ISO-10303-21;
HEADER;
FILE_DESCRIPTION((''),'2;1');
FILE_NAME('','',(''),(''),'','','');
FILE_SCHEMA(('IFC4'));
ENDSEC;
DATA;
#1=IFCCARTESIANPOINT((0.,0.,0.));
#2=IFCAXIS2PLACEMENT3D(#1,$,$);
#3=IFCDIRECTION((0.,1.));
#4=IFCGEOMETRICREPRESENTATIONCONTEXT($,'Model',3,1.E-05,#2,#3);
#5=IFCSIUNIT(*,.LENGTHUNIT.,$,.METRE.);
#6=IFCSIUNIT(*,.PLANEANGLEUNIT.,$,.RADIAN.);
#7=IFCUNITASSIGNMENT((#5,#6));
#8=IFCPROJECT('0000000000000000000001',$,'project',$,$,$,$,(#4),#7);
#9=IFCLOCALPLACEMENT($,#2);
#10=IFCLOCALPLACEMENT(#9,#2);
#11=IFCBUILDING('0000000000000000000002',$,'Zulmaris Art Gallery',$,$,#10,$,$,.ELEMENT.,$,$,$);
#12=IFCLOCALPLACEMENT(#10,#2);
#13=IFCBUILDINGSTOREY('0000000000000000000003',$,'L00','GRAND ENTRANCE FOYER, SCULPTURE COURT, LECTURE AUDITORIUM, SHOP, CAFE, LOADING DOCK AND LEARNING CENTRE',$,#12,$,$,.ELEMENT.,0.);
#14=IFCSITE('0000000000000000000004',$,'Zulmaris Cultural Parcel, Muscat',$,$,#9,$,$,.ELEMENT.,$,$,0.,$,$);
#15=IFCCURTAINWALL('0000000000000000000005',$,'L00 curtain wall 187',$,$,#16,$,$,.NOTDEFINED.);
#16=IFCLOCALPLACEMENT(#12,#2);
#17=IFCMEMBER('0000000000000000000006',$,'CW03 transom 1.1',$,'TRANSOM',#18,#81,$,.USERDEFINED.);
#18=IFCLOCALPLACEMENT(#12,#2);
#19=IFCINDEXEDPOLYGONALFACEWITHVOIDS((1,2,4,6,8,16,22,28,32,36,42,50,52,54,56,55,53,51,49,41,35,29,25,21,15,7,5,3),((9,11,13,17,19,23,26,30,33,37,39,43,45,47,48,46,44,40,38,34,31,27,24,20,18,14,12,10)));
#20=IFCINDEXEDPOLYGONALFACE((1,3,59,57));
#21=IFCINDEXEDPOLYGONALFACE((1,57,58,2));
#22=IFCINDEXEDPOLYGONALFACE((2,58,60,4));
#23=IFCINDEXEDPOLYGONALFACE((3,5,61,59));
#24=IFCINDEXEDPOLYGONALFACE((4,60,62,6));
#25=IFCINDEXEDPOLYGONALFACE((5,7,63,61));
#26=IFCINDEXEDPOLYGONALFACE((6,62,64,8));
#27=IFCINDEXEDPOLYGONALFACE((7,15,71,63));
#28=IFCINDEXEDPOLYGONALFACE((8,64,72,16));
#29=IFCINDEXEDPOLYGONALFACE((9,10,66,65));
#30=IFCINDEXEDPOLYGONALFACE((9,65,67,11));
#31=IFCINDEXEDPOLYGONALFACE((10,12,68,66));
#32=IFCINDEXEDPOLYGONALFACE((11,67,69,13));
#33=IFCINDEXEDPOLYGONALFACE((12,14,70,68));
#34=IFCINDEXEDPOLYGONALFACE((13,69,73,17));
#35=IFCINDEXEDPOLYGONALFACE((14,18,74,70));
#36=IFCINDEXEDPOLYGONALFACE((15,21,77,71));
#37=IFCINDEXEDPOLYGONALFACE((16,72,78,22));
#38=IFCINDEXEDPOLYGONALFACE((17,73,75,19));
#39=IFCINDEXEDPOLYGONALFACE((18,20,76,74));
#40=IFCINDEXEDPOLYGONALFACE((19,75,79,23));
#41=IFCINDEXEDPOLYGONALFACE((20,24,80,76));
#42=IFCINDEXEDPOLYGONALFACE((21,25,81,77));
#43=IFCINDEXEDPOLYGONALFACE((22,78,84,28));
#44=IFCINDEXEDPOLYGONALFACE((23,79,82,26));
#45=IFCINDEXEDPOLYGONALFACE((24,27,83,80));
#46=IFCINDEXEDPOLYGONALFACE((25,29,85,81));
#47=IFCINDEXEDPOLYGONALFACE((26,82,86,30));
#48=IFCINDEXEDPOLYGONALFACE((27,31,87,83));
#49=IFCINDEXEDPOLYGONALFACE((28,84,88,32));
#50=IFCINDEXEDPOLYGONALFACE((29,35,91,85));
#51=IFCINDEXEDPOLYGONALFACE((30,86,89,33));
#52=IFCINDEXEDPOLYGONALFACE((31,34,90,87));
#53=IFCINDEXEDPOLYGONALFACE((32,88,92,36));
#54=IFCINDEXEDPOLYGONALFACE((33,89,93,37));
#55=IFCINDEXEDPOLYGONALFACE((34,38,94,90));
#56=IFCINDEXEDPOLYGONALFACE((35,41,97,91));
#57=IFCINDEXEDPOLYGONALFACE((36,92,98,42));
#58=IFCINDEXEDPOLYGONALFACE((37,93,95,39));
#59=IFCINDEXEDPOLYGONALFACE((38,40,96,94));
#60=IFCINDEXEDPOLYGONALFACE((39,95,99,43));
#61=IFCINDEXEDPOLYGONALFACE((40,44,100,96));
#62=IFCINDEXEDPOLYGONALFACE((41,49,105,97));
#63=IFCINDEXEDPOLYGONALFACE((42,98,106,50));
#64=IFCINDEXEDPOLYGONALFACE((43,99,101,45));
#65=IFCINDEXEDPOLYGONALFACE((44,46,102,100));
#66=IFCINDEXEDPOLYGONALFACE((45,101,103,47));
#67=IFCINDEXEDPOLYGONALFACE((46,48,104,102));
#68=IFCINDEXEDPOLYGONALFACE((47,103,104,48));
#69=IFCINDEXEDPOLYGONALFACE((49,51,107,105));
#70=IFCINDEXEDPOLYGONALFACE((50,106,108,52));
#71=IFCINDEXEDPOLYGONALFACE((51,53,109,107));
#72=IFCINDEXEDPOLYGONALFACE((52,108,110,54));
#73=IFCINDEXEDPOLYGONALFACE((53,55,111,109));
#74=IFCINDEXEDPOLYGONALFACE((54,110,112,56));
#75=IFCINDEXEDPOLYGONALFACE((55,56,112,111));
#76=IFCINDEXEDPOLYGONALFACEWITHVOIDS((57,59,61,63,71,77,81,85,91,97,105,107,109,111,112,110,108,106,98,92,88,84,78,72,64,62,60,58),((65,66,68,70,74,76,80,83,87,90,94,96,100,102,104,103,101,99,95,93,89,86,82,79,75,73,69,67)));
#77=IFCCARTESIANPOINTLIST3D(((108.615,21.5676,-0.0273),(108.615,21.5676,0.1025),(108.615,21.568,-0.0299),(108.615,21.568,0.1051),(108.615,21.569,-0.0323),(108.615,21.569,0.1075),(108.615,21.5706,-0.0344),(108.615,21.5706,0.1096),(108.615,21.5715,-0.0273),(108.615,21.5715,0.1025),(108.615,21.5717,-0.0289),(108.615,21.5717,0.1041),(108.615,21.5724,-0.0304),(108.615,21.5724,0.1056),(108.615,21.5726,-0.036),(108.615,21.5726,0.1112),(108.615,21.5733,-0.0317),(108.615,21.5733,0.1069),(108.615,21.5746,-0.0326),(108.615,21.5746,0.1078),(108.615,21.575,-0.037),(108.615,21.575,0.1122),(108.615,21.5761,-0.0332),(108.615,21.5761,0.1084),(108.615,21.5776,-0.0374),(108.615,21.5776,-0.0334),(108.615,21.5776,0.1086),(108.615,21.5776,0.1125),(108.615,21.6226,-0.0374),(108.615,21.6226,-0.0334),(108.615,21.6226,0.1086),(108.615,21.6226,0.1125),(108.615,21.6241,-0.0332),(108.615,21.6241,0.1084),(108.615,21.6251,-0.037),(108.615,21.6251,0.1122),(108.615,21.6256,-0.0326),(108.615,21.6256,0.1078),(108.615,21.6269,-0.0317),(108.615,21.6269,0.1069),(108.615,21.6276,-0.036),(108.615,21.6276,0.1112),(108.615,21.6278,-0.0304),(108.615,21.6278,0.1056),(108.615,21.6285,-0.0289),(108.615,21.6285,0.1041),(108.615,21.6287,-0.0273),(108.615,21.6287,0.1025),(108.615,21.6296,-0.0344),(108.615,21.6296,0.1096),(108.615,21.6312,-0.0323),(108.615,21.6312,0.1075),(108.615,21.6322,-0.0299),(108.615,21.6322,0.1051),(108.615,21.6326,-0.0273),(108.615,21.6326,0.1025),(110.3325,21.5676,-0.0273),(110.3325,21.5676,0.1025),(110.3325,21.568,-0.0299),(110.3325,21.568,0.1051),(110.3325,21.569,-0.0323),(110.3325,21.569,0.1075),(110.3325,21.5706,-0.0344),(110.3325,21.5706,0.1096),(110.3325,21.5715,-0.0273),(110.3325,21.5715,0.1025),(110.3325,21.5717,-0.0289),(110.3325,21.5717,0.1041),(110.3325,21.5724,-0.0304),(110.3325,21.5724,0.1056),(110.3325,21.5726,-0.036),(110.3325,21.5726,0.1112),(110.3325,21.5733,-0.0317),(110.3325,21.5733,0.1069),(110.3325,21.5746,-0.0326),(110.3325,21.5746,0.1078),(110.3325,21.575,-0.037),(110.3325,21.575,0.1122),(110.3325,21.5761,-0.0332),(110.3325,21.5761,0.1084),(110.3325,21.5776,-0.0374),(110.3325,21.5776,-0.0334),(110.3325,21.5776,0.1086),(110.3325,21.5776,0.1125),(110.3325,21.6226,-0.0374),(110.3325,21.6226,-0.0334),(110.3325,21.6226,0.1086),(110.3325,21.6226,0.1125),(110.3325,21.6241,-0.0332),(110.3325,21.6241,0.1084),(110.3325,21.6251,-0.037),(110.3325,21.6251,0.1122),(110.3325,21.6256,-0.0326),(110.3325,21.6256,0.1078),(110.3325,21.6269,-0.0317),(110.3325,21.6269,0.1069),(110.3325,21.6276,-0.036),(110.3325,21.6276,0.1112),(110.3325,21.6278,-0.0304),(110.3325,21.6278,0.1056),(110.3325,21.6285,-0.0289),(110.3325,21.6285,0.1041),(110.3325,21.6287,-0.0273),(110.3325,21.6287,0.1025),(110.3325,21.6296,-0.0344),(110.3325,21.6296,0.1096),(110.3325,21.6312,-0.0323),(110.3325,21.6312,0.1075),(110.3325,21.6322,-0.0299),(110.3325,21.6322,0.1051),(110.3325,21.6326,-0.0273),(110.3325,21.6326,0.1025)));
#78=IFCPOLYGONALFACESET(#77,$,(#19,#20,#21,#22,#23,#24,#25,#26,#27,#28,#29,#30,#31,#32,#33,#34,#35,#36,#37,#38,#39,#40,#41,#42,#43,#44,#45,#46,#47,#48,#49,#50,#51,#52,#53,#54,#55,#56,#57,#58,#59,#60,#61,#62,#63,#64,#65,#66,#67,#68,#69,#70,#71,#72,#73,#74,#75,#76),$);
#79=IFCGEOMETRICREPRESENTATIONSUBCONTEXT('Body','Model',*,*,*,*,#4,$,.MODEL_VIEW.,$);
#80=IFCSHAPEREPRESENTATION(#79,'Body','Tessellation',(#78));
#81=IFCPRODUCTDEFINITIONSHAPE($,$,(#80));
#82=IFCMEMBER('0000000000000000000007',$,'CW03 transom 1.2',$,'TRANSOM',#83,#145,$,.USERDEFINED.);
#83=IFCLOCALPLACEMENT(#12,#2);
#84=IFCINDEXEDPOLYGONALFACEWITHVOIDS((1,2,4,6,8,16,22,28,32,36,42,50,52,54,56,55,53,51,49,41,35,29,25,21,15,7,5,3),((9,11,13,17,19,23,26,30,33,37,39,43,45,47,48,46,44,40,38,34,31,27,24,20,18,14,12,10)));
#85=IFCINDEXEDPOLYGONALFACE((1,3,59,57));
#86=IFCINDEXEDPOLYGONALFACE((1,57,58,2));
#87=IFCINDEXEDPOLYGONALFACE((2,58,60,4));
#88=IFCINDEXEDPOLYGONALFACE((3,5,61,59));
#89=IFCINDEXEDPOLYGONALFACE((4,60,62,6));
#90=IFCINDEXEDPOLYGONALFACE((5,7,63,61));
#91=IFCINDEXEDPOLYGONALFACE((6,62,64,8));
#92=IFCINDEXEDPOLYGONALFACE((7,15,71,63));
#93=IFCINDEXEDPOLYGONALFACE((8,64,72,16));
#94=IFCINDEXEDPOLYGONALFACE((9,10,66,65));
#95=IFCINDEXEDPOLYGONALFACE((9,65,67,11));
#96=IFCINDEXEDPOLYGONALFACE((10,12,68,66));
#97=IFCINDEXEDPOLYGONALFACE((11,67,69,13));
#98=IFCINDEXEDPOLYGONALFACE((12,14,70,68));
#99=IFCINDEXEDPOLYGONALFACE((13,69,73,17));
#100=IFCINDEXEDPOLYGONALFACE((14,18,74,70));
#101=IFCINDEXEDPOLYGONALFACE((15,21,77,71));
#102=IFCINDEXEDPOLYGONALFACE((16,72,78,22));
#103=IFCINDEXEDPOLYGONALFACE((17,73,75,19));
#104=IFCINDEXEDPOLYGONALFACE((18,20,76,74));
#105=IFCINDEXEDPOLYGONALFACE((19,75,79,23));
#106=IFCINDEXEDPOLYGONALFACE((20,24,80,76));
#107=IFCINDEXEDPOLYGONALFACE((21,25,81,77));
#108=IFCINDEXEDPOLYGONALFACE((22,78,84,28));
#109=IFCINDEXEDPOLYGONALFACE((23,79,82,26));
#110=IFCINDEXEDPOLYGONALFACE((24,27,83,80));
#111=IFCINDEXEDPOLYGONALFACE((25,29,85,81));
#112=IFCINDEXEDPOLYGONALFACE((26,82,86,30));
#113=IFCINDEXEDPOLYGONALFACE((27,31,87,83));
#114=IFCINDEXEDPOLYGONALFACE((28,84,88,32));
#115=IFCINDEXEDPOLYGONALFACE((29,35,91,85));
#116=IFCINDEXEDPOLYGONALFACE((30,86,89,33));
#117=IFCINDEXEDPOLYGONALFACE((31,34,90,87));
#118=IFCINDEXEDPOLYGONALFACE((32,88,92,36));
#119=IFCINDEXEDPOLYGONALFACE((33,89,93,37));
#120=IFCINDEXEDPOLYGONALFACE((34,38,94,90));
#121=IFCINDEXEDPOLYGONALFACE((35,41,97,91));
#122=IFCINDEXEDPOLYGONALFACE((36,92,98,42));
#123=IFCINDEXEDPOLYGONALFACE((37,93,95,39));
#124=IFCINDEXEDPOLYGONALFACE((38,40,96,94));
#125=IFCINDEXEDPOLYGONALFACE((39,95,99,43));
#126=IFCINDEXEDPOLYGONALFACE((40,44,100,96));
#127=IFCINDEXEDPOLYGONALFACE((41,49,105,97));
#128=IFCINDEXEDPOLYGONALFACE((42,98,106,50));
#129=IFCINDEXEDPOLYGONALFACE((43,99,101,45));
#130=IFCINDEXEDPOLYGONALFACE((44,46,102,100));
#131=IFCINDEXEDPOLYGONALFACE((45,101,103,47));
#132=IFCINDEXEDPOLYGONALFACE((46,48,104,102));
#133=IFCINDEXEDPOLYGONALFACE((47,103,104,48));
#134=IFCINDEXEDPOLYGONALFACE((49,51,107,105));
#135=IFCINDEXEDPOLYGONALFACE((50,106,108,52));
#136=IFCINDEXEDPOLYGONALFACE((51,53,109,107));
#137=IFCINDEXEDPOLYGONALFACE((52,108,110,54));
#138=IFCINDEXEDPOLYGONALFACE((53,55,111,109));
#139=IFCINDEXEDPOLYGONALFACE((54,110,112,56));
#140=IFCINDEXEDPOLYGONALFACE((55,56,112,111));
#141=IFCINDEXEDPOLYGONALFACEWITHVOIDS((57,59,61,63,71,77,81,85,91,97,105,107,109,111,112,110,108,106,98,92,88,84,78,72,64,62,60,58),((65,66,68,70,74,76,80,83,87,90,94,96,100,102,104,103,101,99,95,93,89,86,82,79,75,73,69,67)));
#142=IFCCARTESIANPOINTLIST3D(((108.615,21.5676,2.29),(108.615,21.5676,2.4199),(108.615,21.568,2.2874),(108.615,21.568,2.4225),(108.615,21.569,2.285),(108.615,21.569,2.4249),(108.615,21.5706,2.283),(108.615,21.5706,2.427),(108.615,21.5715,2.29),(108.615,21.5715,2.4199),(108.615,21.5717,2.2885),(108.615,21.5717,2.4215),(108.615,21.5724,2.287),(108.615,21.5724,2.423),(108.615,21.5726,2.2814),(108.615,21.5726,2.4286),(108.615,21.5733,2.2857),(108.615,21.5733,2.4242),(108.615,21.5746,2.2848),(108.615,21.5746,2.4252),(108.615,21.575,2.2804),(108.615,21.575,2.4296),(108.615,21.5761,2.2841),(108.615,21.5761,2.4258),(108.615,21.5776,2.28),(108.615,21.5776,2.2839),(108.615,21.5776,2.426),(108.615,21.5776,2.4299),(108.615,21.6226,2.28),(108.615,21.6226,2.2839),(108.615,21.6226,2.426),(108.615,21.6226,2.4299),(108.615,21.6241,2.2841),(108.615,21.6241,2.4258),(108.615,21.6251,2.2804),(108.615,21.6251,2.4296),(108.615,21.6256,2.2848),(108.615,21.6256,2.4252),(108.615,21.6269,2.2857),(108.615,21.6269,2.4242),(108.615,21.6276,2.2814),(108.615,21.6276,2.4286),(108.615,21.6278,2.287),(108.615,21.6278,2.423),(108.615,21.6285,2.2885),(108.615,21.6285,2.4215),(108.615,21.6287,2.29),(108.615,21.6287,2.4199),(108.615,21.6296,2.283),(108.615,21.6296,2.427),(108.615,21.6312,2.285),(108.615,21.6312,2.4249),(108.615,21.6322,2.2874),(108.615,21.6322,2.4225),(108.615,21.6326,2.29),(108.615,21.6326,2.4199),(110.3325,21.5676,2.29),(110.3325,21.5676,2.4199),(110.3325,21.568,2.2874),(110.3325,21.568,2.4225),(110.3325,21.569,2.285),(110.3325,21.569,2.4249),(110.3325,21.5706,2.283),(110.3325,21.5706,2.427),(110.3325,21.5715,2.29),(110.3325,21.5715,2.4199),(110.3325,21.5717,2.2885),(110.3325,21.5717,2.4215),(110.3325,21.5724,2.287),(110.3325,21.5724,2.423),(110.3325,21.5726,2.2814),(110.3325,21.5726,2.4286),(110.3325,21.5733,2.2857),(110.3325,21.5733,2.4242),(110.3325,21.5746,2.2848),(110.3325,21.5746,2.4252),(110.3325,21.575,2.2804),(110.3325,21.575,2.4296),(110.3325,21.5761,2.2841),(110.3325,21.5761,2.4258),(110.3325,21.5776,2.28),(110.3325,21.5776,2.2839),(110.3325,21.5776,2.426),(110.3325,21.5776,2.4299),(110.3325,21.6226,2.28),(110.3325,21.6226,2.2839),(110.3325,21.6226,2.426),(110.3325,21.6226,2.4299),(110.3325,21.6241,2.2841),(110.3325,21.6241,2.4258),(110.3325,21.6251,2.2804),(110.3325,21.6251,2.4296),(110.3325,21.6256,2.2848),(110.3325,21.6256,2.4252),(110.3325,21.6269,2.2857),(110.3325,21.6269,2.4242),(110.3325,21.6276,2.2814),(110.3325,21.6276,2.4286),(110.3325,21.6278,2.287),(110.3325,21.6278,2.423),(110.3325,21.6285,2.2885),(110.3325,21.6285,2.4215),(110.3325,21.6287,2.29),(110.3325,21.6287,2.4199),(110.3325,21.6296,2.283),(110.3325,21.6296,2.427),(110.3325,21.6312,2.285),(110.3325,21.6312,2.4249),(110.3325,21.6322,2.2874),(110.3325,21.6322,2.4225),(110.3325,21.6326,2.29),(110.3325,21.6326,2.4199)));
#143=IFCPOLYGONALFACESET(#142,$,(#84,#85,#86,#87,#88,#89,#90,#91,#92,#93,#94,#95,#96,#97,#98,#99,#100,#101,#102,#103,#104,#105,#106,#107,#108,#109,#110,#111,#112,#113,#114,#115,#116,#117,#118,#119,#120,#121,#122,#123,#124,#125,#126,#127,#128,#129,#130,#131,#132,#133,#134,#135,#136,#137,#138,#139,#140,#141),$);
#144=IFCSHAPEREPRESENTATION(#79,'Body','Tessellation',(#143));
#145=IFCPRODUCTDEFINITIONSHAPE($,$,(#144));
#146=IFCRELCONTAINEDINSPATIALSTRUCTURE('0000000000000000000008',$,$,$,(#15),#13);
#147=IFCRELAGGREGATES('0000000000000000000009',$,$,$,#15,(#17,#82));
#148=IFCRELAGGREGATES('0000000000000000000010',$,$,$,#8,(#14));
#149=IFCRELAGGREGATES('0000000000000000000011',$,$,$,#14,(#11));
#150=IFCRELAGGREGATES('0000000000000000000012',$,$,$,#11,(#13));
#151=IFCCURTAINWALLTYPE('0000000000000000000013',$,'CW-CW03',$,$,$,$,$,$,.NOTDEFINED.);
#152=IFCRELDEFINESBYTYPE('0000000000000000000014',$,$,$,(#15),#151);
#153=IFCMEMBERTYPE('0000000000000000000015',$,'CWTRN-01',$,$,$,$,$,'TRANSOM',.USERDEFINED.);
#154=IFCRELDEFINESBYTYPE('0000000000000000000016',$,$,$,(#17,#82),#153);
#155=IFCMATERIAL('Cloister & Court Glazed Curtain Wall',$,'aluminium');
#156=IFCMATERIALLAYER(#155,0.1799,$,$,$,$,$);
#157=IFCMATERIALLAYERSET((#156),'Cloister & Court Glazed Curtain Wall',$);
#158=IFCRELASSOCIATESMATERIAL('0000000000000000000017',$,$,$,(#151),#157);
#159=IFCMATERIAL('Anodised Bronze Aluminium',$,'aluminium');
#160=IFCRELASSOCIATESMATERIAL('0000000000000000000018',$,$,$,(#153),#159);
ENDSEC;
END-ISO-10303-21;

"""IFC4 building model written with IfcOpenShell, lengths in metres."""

from ifc_helpers import new_model, si_unit, direction, frame, origin, origin_2d, place, context, subcontext, project, spatial, hollow_rectangle, extrude, material, layer, layer_set, material_profile, profile_set, type_object, element, aggregate, save


model = new_model("IFC4")

# Units and contexts
model_context = context("Model", 3, precision=1e-05, world=origin(), true_north=direction((0.0, 1.0)))
body_context = subcontext(model_context, "Body", "Model", "MODEL_VIEW")
ifc_project = project(units=[si_unit("LENGTHUNIT", "METRE"), si_unit("PLANEANGLEUNIT", "RADIAN")], contexts=[model_context])

# Site, building, storey
site_placement = place(None, origin())
site = spatial("IfcSite", under=ifc_project, at=site_placement, Name="Zulmaris Cultural Parcel, Muscat", CompositionType="ELEMENT", RefElevation=0.0)
building_placement = place(site_placement, origin())
building = spatial("IfcBuilding", under=site, at=building_placement, Name="Zulmaris Art Gallery", CompositionType="ELEMENT")
storey_placement = place(building_placement, origin())
storey = spatial("IfcBuildingStorey", under=building, at=storey_placement, Name="L00", Description="GRAND ENTRANCE FOYER, SCULPTURE COURT, LECTURE AUDITORIUM, SHOP, CAFE, LOADING DOCK AND LEARNING CENTRE", CompositionType="ELEMENT", Elevation=0.0)

# Shared definitions
ifc_material_1 = material(Name="Cloister & Court Glazed Curtain Wall", Category="aluminium")
ifc_layer_1 = layer(ifc_material_1, 0.1799)
ifc_layer_set_1 = layer_set([ifc_layer_1], Name="Cloister & Court Glazed Curtain Wall")
curtain_wall_type = type_object("IfcCurtainWallType", Name="CW-CW03", PredefinedType="NOTDEFINED", material=ifc_layer_set_1)
ifc_material_2 = material(Name="Anodised Bronze Aluminium", Category="aluminium")

# Curtain wall
curtain_wall_1_placement = place(storey_placement, origin())
curtain_wall_1 = element("IfcCurtainWall", 1, at=curtain_wall_1_placement, inside=storey, type_object=curtain_wall_type, Name="L00 curtain wall 187", PredefinedType="NOTDEFINED")

# Members
ifc_material_profile_1 = material_profile(ifc_material_2, hollow_rectangle(XDim=0.0649, YDim=0.1499, WallThickness=0.0039, InnerFilletRadius=0.0061, OuterFilletRadius=0.01, at=origin_2d()), Name="ALU 65x150x4")
ifc_profile_set_1 = profile_set([ifc_material_profile_1], Name="Anodised Bronze Aluminium")
member_type_1 = type_object("IfcMemberType", Name="CWTRN-01", ElementType="TRANSOM", PredefinedType="USERDEFINED", material=ifc_profile_set_1)
member_1_placement = place(storey_placement, frame((108.615, 21.6001, 0.0376), z_axis=(1.0, 0.0, 0.0), x_axis=(0.0, 1.0, 0.0)))
member_1 = element("IfcMember", 2, at=member_1_placement, type_object=member_type_1, Name="CW03 transom 1.1", ObjectType="TRANSOM", PredefinedType="USERDEFINED", context=body_context, shape_type="SweptSolid", body=[
    extrude(hollow_rectangle(XDim=0.0649, YDim=0.1499, WallThickness=0.0039, InnerFilletRadius=0.0061, OuterFilletRadius=0.01, at=origin_2d()), origin(), (0.0, 0.0, 1.0), 1.7175),
])
member_2_placement = place(storey_placement, frame((108.615, 21.6001, 2.355), z_axis=(1.0, 0.0, 0.0), x_axis=(0.0, 1.0, 0.0)))
member_2 = element("IfcMember", 3, at=member_2_placement, type_object=member_type_1, Name="CW03 transom 1.2", ObjectType="TRANSOM", PredefinedType="USERDEFINED", context=body_context, shape_type="SweptSolid", body=[
    extrude(hollow_rectangle(XDim=0.0649, YDim=0.1499, WallThickness=0.0039, InnerFilletRadius=0.0061, OuterFilletRadius=0.01, at=origin_2d()), origin(), (0.0, 0.0, 1.0), 1.7175),
])

aggregate(curtain_wall_1, [member_1, member_2])

save(model, "model.ifc")
